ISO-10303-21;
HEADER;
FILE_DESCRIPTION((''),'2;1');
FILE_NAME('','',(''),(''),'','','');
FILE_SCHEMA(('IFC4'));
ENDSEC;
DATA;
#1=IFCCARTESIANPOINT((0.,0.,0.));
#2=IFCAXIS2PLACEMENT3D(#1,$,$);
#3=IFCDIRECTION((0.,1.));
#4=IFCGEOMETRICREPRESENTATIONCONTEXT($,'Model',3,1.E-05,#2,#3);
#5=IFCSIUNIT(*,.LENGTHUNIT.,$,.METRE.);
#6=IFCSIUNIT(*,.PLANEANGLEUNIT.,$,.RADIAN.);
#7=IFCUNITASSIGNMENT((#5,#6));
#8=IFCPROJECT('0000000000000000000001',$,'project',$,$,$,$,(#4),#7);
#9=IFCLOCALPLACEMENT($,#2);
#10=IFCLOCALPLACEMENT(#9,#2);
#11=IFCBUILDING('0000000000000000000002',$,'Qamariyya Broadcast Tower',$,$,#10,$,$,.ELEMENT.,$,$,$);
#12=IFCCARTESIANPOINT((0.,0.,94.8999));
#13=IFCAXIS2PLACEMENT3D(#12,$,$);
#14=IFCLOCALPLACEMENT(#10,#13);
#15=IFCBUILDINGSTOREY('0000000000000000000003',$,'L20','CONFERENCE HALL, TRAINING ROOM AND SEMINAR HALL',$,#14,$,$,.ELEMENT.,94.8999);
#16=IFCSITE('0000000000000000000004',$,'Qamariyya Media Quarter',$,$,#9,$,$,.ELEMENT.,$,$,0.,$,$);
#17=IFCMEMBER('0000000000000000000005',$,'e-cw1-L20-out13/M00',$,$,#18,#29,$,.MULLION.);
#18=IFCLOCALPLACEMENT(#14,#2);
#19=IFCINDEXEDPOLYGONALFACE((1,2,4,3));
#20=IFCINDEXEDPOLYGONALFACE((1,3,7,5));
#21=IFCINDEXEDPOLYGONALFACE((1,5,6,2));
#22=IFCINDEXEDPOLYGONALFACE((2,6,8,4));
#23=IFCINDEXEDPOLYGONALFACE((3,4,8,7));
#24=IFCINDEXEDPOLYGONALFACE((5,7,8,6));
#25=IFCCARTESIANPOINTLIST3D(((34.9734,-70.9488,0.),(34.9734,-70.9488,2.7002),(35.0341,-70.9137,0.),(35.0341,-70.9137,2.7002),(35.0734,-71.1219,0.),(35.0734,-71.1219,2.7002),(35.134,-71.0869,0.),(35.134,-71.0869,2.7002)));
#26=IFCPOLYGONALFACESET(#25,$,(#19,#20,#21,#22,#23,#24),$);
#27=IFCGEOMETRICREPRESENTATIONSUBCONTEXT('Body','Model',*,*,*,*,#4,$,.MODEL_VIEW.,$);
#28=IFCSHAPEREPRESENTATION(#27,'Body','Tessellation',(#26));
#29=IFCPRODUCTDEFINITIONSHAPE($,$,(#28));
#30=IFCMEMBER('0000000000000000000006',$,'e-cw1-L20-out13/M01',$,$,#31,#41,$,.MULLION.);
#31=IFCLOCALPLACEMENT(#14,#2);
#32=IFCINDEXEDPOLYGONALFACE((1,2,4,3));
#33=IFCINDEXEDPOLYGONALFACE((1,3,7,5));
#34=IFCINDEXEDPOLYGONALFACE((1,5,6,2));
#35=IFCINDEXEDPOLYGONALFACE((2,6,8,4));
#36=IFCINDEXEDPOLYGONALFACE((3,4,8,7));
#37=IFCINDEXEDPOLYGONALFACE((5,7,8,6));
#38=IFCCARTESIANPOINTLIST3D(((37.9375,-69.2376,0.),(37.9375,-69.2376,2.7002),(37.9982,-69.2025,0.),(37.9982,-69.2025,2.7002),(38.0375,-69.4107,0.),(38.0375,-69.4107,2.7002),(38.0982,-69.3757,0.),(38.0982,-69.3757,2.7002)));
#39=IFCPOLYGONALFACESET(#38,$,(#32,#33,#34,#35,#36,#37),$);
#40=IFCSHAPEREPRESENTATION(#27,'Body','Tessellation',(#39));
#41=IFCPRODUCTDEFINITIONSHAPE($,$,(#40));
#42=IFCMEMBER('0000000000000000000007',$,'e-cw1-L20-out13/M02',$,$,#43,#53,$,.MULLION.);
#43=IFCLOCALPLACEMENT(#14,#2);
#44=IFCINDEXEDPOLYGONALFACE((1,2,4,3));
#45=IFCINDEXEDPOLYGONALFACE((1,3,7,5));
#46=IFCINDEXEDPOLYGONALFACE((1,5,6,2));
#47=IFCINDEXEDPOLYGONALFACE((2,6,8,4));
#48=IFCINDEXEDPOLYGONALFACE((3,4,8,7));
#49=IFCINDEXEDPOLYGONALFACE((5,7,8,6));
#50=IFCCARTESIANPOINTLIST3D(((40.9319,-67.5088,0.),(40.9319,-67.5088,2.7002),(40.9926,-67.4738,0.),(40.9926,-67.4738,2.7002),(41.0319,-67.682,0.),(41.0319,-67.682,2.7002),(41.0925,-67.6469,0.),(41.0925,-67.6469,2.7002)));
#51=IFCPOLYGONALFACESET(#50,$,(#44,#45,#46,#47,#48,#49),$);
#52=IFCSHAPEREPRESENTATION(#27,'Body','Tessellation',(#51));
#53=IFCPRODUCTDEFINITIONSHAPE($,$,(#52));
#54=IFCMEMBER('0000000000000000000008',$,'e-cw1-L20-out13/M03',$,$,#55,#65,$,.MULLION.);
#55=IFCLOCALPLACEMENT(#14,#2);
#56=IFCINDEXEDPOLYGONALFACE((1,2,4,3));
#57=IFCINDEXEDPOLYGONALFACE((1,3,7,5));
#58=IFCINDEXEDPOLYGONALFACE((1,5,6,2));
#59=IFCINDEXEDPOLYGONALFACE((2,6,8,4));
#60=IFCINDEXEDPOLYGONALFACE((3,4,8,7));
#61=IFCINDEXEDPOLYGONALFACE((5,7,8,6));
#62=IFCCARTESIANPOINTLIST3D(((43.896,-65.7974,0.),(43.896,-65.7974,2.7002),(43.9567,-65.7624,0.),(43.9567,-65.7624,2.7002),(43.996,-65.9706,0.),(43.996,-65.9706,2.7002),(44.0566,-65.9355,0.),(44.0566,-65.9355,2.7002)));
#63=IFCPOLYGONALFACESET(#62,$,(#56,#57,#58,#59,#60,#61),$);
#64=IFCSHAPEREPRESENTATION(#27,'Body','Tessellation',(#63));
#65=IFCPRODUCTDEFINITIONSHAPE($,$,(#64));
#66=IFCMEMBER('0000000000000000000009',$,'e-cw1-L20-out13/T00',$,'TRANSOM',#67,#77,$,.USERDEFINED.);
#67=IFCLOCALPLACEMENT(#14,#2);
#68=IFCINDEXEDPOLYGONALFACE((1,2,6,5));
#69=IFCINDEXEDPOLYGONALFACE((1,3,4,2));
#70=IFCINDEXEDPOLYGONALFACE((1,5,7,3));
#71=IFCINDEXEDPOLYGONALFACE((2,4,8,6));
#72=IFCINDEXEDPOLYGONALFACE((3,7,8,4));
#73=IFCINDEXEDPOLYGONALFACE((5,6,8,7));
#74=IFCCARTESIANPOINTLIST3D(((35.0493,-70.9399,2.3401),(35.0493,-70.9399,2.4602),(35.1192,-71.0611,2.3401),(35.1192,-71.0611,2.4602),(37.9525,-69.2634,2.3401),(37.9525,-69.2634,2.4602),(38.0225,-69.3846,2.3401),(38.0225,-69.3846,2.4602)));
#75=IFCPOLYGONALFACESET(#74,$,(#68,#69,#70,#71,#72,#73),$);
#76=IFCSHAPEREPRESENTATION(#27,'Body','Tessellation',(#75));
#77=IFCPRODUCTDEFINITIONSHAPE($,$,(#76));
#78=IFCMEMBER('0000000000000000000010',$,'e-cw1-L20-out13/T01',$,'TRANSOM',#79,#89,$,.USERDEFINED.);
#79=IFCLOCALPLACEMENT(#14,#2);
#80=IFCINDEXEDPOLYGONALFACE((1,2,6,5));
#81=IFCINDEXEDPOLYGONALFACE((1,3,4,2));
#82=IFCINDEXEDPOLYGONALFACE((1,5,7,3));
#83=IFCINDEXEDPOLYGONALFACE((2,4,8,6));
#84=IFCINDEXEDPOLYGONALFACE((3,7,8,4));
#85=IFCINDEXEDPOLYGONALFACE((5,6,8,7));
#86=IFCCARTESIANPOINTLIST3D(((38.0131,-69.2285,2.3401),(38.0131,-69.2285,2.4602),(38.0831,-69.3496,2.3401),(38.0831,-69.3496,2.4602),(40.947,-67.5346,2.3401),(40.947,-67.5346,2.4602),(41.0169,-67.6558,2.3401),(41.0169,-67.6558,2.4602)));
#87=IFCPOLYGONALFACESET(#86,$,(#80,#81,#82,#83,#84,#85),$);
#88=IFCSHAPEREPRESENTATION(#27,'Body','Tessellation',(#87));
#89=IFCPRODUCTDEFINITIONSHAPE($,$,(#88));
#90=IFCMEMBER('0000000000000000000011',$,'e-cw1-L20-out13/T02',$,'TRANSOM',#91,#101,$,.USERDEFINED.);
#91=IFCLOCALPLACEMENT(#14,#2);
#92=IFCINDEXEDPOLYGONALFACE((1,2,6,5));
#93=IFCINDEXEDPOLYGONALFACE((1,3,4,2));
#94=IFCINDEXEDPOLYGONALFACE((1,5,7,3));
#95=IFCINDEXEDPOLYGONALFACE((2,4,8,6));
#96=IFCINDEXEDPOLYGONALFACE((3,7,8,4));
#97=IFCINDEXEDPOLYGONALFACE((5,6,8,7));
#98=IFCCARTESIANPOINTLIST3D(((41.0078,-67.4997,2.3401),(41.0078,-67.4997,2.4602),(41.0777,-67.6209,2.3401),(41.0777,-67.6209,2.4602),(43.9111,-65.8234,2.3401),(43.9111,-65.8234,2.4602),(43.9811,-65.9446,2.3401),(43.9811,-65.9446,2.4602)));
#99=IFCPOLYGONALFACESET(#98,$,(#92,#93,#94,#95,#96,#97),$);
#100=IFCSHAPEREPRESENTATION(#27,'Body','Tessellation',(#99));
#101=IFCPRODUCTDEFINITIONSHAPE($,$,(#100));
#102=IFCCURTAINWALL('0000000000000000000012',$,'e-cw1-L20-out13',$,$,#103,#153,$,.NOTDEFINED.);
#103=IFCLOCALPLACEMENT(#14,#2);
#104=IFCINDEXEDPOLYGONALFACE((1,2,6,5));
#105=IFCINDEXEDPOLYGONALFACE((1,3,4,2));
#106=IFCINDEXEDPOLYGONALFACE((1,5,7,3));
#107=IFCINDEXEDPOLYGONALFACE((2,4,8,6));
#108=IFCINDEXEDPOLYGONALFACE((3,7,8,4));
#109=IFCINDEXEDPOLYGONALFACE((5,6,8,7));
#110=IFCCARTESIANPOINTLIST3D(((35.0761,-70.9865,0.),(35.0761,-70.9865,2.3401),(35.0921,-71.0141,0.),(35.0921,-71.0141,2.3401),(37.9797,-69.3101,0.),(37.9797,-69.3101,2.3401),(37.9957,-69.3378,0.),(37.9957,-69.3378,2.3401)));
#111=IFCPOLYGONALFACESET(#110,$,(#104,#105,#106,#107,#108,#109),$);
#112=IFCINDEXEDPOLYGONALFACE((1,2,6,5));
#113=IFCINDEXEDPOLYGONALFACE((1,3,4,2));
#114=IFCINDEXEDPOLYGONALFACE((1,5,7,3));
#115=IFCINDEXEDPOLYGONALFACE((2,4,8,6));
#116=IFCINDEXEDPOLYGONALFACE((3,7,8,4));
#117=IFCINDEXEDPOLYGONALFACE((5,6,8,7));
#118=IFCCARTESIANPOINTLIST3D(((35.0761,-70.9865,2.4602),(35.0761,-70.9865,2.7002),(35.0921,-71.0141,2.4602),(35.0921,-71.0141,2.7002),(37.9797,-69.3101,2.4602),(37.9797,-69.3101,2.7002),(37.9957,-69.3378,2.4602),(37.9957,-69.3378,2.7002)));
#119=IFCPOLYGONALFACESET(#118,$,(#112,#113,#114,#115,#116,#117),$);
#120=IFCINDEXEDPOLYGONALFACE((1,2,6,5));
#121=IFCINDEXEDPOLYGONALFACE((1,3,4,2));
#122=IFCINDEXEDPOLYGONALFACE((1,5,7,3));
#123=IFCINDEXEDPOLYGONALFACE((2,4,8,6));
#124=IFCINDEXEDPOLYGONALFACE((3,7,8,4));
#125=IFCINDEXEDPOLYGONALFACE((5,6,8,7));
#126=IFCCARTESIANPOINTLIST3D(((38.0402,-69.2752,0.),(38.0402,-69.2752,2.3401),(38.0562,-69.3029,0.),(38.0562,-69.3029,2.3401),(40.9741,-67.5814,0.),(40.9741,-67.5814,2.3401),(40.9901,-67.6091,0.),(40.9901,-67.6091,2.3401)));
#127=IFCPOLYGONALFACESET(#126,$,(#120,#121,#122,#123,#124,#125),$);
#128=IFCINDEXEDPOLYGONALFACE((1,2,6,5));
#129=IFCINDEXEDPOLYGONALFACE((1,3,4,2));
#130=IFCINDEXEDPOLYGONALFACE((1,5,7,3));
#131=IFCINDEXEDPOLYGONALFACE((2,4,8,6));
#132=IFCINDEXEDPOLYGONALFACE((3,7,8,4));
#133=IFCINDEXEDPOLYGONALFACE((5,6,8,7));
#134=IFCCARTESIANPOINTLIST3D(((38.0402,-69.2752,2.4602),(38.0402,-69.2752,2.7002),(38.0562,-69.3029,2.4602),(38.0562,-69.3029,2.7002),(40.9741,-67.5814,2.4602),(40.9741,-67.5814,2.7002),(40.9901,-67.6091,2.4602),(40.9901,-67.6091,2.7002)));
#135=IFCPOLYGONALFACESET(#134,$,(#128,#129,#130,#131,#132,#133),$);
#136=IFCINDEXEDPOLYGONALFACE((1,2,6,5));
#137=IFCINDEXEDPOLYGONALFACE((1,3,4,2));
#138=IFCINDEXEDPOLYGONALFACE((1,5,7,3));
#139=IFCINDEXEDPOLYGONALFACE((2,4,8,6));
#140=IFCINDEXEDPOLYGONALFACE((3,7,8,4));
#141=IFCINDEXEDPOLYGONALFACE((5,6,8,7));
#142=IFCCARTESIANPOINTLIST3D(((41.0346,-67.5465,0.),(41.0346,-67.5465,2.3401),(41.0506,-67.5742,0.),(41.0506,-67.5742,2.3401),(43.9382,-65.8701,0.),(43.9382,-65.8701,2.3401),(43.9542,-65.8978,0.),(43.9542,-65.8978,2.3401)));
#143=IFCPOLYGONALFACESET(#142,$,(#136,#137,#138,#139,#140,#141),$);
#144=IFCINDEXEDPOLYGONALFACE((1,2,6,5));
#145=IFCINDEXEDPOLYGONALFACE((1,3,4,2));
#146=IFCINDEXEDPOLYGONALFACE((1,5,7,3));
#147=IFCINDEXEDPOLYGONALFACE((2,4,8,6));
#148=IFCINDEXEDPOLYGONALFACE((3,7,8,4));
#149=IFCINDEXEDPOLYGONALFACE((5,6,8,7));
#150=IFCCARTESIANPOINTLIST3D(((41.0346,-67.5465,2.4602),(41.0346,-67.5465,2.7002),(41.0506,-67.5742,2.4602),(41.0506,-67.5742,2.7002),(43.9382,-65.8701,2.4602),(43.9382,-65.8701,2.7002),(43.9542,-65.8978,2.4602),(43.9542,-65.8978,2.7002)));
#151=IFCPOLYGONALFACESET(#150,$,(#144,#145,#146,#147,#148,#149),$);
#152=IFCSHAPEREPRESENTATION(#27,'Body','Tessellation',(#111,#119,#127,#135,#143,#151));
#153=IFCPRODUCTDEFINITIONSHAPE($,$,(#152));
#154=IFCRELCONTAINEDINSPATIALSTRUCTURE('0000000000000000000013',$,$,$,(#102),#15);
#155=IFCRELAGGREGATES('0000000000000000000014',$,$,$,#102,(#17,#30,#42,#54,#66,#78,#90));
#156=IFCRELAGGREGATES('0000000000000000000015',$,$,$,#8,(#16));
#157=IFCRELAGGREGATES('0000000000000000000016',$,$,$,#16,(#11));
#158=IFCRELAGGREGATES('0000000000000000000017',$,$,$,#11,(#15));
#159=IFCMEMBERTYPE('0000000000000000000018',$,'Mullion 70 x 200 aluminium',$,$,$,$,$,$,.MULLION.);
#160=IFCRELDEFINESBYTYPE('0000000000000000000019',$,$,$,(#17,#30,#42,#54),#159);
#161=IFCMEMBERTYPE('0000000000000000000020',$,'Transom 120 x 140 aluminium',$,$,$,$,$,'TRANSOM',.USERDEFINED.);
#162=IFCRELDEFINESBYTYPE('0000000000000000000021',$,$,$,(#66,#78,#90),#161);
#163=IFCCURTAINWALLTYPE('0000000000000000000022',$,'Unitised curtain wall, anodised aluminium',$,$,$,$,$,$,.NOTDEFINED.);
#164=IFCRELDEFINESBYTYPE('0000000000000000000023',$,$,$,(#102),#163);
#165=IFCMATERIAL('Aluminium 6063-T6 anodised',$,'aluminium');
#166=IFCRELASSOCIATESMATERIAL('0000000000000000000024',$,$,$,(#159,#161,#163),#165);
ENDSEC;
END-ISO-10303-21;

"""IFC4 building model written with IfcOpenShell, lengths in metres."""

from ifc_helpers import new_model, si_unit, direction, frame, origin, origin_2d, place, context, subcontext, project, spatial, rectangle, extrude, material, material_profile, profile_set, type_object, element, aggregate, save


model = new_model("IFC4")

# Units and contexts
model_context = context("Model", 3, precision=1e-05, world=origin(), true_north=direction((0.0, 1.0)))
body_context = subcontext(model_context, "Body", "Model", "MODEL_VIEW")
ifc_project = project(units=[si_unit("LENGTHUNIT", "METRE"), si_unit("PLANEANGLEUNIT", "RADIAN")], contexts=[model_context])

# Members
ifc_material = material(Name="Aluminium 6063-T6 anodised", Category="aluminium")
ifc_material_profile_1 = material_profile(ifc_material, rectangle(XDim=0.2, YDim=0.0701, at=origin_2d()))
ifc_profile_set_1 = profile_set([ifc_material_profile_1], Name="Aluminium 6063-T6 anodised")
member_type_1 = type_object("IfcMemberType", Name="Mullion 70 x 200 aluminium", PredefinedType="MULLION", material=ifc_profile_set_1)
site_placement = place(None, origin())
building_placement = place(site_placement, origin())
storey_placement = place(building_placement, frame((0.0, 0.0, 94.8999)))
member_1_placement = place(storey_placement, frame((35.0537, -71.0178, 0.0), z_axis=(0.0, 0.0, 1.0), x_axis=(-0.5, 0.866025, 0.0)))
member_1 = element("IfcMember", 1, at=member_1_placement, type_object=member_type_1, Name="e-cw1-L20-out13/M00", PredefinedType="MULLION", context=body_context, shape_type="SweptSolid", body=[
    extrude(rectangle(XDim=0.2, YDim=0.0701, at=origin_2d()), origin(), (0.0, 0.0, 1.0), 2.7002),
])
member_2_placement = place(storey_placement, frame((38.0178, -69.3066, 0.0), z_axis=(0.0, 0.0, 1.0), x_axis=(-0.5, 0.866025, 0.0)))
member_2 = element("IfcMember", 2, at=member_2_placement, type_object=member_type_1, Name="e-cw1-L20-out13/M01", PredefinedType="MULLION", context=body_context, shape_type="SweptSolid", body=[
    extrude(rectangle(XDim=0.2, YDim=0.0701, at=origin_2d()), origin(), (0.0, 0.0, 1.0), 2.7002),
])
member_3_placement = place(storey_placement, frame((41.0122, -67.5779, 0.0), z_axis=(0.0, 0.0, 1.0), x_axis=(-0.5, 0.866025, 0.0)))
member_3 = element("IfcMember", 3, at=member_3_placement, type_object=member_type_1, Name="e-cw1-L20-out13/M02", PredefinedType="MULLION", context=body_context, shape_type="SweptSolid", body=[
    extrude(rectangle(XDim=0.2, YDim=0.0701, at=origin_2d()), origin(), (0.0, 0.0, 1.0), 2.7002),
])
member_4_placement = place(storey_placement, frame((43.9763, -65.8665, 0.0), z_axis=(0.0, 0.0, 1.0), x_axis=(-0.5, 0.866025, 0.0)))
member_4 = element("IfcMember", 4, at=member_4_placement, type_object=member_type_1, Name="e-cw1-L20-out13/M03", PredefinedType="MULLION", context=body_context, shape_type="SweptSolid", body=[
    extrude(rectangle(XDim=0.2, YDim=0.0701, at=origin_2d()), origin(), (0.0, 0.0, 1.0), 2.7002),
])
ifc_material_profile_2 = material_profile(ifc_material, rectangle(XDim=0.1399, YDim=0.1201, at=origin_2d()))
ifc_profile_set_2 = profile_set([ifc_material_profile_2], Name="Aluminium 6063-T6 anodised")
member_type_2 = type_object("IfcMemberType", Name="Transom 120 x 140 aluminium", ElementType="TRANSOM", PredefinedType="USERDEFINED", material=ifc_profile_set_2)
member_5_placement = place(storey_placement, frame((35.0842, -71.0005, 2.4001), z_axis=(0.865989, 0.500063, 0.0), x_axis=(-0.500063, 0.865989, 0.0)))
member_5 = element("IfcMember", 5, at=member_5_placement, type_object=member_type_2, Name="e-cw1-L20-out13/T00", ObjectType="TRANSOM", PredefinedType="USERDEFINED", context=body_context, shape_type="SweptSolid", body=[
    extrude(rectangle(XDim=0.1399, YDim=0.1201, at=origin_2d()), origin(), (0.0, 0.0, 1.0), 3.3525),
])
member_6_placement = place(storey_placement, frame((38.0481, -69.2891, 2.4001), z_axis=(0.866026, 0.499999, 0.0), x_axis=(-0.499999, 0.866026, 0.0)))
member_6 = element("IfcMember", 6, at=member_6_placement, type_object=member_type_2, Name="e-cw1-L20-out13/T01", ObjectType="TRANSOM", PredefinedType="USERDEFINED", context=body_context, shape_type="SweptSolid", body=[
    extrude(rectangle(XDim=0.1399, YDim=0.1201, at=origin_2d()), origin(), (0.0, 0.0, 1.0), 3.3877),
])
member_7_placement = place(storey_placement, frame((41.0427, -67.5603, 2.4001), z_axis=(0.866021, 0.500008, 0.0), x_axis=(-0.500008, 0.866021, 0.0)))
member_7 = element("IfcMember", 7, at=member_7_placement, type_object=member_type_2, Name="e-cw1-L20-out13/T02", ObjectType="TRANSOM", PredefinedType="USERDEFINED", context=body_context, shape_type="SweptSolid", body=[
    extrude(rectangle(XDim=0.1399, YDim=0.1201, at=origin_2d()), origin(), (0.0, 0.0, 1.0), 3.3525),
])

# Site, building, storey
site = spatial("IfcSite", under=ifc_project, at=site_placement, Name="Qamariyya Media Quarter", CompositionType="ELEMENT", RefElevation=0.0)
building = spatial("IfcBuilding", under=site, at=building_placement, Name="Qamariyya Broadcast Tower", CompositionType="ELEMENT")
storey = spatial("IfcBuildingStorey", under=building, at=storey_placement, Name="L20", Description="CONFERENCE HALL, TRAINING ROOM AND SEMINAR HALL", CompositionType="ELEMENT", Elevation=94.8999)

# Curtain wall
curtain_wall_type = type_object("IfcCurtainWallType", Name="Unitised curtain wall, anodised aluminium", PredefinedType="NOTDEFINED", material=ifc_material)
curtain_wall_1_placement = place(storey_placement, origin())
curtain_wall_1 = element("IfcCurtainWall", 8, at=curtain_wall_1_placement, inside=storey, type_object=curtain_wall_type, Name="e-cw1-L20-out13", PredefinedType="NOTDEFINED", context=body_context, shape_type="SweptSolid", body=[
    extrude(rectangle(XDim=3.3528, YDim=0.032, at=origin_2d()), frame((36.5359, -70.1621, 0.0), x_axis=(0.866027, 0.499997, 0.0)), (0.0, 0.0, 1.0), 2.3401),
    extrude(rectangle(XDim=3.3528, YDim=0.032, at=origin_2d()), frame((36.5359, -70.1621, 2.4602), x_axis=(0.866027, 0.499997, 0.0)), (0.0, 0.0, 1.0), 0.24),
    extrude(rectangle(XDim=3.3877, YDim=0.032, at=origin_2d()), frame((39.5151, -68.4421, 0.0), x_axis=(0.866027, 0.499997, 0.0)), (0.0, 0.0, 1.0), 2.3401),
    extrude(rectangle(XDim=3.3877, YDim=0.032, at=origin_2d()), frame((39.5151, -68.4421, 2.4602), x_axis=(0.866027, 0.499997, 0.0)), (0.0, 0.0, 1.0), 0.24),
    extrude(rectangle(XDim=3.3528, YDim=0.032, at=origin_2d()), frame((42.4944, -66.7222, 0.0), x_axis=(0.866027, 0.499997, 0.0)), (0.0, 0.0, 1.0), 2.3401),
    extrude(rectangle(XDim=3.3528, YDim=0.032, at=origin_2d()), frame((42.4944, -66.7222, 2.4602), x_axis=(0.866027, 0.499997, 0.0)), (0.0, 0.0, 1.0), 0.24),
])
aggregate(curtain_wall_1, [member_1, member_2, member_3, member_4, member_5, member_6, member_7])

save(model, "model.ifc")
